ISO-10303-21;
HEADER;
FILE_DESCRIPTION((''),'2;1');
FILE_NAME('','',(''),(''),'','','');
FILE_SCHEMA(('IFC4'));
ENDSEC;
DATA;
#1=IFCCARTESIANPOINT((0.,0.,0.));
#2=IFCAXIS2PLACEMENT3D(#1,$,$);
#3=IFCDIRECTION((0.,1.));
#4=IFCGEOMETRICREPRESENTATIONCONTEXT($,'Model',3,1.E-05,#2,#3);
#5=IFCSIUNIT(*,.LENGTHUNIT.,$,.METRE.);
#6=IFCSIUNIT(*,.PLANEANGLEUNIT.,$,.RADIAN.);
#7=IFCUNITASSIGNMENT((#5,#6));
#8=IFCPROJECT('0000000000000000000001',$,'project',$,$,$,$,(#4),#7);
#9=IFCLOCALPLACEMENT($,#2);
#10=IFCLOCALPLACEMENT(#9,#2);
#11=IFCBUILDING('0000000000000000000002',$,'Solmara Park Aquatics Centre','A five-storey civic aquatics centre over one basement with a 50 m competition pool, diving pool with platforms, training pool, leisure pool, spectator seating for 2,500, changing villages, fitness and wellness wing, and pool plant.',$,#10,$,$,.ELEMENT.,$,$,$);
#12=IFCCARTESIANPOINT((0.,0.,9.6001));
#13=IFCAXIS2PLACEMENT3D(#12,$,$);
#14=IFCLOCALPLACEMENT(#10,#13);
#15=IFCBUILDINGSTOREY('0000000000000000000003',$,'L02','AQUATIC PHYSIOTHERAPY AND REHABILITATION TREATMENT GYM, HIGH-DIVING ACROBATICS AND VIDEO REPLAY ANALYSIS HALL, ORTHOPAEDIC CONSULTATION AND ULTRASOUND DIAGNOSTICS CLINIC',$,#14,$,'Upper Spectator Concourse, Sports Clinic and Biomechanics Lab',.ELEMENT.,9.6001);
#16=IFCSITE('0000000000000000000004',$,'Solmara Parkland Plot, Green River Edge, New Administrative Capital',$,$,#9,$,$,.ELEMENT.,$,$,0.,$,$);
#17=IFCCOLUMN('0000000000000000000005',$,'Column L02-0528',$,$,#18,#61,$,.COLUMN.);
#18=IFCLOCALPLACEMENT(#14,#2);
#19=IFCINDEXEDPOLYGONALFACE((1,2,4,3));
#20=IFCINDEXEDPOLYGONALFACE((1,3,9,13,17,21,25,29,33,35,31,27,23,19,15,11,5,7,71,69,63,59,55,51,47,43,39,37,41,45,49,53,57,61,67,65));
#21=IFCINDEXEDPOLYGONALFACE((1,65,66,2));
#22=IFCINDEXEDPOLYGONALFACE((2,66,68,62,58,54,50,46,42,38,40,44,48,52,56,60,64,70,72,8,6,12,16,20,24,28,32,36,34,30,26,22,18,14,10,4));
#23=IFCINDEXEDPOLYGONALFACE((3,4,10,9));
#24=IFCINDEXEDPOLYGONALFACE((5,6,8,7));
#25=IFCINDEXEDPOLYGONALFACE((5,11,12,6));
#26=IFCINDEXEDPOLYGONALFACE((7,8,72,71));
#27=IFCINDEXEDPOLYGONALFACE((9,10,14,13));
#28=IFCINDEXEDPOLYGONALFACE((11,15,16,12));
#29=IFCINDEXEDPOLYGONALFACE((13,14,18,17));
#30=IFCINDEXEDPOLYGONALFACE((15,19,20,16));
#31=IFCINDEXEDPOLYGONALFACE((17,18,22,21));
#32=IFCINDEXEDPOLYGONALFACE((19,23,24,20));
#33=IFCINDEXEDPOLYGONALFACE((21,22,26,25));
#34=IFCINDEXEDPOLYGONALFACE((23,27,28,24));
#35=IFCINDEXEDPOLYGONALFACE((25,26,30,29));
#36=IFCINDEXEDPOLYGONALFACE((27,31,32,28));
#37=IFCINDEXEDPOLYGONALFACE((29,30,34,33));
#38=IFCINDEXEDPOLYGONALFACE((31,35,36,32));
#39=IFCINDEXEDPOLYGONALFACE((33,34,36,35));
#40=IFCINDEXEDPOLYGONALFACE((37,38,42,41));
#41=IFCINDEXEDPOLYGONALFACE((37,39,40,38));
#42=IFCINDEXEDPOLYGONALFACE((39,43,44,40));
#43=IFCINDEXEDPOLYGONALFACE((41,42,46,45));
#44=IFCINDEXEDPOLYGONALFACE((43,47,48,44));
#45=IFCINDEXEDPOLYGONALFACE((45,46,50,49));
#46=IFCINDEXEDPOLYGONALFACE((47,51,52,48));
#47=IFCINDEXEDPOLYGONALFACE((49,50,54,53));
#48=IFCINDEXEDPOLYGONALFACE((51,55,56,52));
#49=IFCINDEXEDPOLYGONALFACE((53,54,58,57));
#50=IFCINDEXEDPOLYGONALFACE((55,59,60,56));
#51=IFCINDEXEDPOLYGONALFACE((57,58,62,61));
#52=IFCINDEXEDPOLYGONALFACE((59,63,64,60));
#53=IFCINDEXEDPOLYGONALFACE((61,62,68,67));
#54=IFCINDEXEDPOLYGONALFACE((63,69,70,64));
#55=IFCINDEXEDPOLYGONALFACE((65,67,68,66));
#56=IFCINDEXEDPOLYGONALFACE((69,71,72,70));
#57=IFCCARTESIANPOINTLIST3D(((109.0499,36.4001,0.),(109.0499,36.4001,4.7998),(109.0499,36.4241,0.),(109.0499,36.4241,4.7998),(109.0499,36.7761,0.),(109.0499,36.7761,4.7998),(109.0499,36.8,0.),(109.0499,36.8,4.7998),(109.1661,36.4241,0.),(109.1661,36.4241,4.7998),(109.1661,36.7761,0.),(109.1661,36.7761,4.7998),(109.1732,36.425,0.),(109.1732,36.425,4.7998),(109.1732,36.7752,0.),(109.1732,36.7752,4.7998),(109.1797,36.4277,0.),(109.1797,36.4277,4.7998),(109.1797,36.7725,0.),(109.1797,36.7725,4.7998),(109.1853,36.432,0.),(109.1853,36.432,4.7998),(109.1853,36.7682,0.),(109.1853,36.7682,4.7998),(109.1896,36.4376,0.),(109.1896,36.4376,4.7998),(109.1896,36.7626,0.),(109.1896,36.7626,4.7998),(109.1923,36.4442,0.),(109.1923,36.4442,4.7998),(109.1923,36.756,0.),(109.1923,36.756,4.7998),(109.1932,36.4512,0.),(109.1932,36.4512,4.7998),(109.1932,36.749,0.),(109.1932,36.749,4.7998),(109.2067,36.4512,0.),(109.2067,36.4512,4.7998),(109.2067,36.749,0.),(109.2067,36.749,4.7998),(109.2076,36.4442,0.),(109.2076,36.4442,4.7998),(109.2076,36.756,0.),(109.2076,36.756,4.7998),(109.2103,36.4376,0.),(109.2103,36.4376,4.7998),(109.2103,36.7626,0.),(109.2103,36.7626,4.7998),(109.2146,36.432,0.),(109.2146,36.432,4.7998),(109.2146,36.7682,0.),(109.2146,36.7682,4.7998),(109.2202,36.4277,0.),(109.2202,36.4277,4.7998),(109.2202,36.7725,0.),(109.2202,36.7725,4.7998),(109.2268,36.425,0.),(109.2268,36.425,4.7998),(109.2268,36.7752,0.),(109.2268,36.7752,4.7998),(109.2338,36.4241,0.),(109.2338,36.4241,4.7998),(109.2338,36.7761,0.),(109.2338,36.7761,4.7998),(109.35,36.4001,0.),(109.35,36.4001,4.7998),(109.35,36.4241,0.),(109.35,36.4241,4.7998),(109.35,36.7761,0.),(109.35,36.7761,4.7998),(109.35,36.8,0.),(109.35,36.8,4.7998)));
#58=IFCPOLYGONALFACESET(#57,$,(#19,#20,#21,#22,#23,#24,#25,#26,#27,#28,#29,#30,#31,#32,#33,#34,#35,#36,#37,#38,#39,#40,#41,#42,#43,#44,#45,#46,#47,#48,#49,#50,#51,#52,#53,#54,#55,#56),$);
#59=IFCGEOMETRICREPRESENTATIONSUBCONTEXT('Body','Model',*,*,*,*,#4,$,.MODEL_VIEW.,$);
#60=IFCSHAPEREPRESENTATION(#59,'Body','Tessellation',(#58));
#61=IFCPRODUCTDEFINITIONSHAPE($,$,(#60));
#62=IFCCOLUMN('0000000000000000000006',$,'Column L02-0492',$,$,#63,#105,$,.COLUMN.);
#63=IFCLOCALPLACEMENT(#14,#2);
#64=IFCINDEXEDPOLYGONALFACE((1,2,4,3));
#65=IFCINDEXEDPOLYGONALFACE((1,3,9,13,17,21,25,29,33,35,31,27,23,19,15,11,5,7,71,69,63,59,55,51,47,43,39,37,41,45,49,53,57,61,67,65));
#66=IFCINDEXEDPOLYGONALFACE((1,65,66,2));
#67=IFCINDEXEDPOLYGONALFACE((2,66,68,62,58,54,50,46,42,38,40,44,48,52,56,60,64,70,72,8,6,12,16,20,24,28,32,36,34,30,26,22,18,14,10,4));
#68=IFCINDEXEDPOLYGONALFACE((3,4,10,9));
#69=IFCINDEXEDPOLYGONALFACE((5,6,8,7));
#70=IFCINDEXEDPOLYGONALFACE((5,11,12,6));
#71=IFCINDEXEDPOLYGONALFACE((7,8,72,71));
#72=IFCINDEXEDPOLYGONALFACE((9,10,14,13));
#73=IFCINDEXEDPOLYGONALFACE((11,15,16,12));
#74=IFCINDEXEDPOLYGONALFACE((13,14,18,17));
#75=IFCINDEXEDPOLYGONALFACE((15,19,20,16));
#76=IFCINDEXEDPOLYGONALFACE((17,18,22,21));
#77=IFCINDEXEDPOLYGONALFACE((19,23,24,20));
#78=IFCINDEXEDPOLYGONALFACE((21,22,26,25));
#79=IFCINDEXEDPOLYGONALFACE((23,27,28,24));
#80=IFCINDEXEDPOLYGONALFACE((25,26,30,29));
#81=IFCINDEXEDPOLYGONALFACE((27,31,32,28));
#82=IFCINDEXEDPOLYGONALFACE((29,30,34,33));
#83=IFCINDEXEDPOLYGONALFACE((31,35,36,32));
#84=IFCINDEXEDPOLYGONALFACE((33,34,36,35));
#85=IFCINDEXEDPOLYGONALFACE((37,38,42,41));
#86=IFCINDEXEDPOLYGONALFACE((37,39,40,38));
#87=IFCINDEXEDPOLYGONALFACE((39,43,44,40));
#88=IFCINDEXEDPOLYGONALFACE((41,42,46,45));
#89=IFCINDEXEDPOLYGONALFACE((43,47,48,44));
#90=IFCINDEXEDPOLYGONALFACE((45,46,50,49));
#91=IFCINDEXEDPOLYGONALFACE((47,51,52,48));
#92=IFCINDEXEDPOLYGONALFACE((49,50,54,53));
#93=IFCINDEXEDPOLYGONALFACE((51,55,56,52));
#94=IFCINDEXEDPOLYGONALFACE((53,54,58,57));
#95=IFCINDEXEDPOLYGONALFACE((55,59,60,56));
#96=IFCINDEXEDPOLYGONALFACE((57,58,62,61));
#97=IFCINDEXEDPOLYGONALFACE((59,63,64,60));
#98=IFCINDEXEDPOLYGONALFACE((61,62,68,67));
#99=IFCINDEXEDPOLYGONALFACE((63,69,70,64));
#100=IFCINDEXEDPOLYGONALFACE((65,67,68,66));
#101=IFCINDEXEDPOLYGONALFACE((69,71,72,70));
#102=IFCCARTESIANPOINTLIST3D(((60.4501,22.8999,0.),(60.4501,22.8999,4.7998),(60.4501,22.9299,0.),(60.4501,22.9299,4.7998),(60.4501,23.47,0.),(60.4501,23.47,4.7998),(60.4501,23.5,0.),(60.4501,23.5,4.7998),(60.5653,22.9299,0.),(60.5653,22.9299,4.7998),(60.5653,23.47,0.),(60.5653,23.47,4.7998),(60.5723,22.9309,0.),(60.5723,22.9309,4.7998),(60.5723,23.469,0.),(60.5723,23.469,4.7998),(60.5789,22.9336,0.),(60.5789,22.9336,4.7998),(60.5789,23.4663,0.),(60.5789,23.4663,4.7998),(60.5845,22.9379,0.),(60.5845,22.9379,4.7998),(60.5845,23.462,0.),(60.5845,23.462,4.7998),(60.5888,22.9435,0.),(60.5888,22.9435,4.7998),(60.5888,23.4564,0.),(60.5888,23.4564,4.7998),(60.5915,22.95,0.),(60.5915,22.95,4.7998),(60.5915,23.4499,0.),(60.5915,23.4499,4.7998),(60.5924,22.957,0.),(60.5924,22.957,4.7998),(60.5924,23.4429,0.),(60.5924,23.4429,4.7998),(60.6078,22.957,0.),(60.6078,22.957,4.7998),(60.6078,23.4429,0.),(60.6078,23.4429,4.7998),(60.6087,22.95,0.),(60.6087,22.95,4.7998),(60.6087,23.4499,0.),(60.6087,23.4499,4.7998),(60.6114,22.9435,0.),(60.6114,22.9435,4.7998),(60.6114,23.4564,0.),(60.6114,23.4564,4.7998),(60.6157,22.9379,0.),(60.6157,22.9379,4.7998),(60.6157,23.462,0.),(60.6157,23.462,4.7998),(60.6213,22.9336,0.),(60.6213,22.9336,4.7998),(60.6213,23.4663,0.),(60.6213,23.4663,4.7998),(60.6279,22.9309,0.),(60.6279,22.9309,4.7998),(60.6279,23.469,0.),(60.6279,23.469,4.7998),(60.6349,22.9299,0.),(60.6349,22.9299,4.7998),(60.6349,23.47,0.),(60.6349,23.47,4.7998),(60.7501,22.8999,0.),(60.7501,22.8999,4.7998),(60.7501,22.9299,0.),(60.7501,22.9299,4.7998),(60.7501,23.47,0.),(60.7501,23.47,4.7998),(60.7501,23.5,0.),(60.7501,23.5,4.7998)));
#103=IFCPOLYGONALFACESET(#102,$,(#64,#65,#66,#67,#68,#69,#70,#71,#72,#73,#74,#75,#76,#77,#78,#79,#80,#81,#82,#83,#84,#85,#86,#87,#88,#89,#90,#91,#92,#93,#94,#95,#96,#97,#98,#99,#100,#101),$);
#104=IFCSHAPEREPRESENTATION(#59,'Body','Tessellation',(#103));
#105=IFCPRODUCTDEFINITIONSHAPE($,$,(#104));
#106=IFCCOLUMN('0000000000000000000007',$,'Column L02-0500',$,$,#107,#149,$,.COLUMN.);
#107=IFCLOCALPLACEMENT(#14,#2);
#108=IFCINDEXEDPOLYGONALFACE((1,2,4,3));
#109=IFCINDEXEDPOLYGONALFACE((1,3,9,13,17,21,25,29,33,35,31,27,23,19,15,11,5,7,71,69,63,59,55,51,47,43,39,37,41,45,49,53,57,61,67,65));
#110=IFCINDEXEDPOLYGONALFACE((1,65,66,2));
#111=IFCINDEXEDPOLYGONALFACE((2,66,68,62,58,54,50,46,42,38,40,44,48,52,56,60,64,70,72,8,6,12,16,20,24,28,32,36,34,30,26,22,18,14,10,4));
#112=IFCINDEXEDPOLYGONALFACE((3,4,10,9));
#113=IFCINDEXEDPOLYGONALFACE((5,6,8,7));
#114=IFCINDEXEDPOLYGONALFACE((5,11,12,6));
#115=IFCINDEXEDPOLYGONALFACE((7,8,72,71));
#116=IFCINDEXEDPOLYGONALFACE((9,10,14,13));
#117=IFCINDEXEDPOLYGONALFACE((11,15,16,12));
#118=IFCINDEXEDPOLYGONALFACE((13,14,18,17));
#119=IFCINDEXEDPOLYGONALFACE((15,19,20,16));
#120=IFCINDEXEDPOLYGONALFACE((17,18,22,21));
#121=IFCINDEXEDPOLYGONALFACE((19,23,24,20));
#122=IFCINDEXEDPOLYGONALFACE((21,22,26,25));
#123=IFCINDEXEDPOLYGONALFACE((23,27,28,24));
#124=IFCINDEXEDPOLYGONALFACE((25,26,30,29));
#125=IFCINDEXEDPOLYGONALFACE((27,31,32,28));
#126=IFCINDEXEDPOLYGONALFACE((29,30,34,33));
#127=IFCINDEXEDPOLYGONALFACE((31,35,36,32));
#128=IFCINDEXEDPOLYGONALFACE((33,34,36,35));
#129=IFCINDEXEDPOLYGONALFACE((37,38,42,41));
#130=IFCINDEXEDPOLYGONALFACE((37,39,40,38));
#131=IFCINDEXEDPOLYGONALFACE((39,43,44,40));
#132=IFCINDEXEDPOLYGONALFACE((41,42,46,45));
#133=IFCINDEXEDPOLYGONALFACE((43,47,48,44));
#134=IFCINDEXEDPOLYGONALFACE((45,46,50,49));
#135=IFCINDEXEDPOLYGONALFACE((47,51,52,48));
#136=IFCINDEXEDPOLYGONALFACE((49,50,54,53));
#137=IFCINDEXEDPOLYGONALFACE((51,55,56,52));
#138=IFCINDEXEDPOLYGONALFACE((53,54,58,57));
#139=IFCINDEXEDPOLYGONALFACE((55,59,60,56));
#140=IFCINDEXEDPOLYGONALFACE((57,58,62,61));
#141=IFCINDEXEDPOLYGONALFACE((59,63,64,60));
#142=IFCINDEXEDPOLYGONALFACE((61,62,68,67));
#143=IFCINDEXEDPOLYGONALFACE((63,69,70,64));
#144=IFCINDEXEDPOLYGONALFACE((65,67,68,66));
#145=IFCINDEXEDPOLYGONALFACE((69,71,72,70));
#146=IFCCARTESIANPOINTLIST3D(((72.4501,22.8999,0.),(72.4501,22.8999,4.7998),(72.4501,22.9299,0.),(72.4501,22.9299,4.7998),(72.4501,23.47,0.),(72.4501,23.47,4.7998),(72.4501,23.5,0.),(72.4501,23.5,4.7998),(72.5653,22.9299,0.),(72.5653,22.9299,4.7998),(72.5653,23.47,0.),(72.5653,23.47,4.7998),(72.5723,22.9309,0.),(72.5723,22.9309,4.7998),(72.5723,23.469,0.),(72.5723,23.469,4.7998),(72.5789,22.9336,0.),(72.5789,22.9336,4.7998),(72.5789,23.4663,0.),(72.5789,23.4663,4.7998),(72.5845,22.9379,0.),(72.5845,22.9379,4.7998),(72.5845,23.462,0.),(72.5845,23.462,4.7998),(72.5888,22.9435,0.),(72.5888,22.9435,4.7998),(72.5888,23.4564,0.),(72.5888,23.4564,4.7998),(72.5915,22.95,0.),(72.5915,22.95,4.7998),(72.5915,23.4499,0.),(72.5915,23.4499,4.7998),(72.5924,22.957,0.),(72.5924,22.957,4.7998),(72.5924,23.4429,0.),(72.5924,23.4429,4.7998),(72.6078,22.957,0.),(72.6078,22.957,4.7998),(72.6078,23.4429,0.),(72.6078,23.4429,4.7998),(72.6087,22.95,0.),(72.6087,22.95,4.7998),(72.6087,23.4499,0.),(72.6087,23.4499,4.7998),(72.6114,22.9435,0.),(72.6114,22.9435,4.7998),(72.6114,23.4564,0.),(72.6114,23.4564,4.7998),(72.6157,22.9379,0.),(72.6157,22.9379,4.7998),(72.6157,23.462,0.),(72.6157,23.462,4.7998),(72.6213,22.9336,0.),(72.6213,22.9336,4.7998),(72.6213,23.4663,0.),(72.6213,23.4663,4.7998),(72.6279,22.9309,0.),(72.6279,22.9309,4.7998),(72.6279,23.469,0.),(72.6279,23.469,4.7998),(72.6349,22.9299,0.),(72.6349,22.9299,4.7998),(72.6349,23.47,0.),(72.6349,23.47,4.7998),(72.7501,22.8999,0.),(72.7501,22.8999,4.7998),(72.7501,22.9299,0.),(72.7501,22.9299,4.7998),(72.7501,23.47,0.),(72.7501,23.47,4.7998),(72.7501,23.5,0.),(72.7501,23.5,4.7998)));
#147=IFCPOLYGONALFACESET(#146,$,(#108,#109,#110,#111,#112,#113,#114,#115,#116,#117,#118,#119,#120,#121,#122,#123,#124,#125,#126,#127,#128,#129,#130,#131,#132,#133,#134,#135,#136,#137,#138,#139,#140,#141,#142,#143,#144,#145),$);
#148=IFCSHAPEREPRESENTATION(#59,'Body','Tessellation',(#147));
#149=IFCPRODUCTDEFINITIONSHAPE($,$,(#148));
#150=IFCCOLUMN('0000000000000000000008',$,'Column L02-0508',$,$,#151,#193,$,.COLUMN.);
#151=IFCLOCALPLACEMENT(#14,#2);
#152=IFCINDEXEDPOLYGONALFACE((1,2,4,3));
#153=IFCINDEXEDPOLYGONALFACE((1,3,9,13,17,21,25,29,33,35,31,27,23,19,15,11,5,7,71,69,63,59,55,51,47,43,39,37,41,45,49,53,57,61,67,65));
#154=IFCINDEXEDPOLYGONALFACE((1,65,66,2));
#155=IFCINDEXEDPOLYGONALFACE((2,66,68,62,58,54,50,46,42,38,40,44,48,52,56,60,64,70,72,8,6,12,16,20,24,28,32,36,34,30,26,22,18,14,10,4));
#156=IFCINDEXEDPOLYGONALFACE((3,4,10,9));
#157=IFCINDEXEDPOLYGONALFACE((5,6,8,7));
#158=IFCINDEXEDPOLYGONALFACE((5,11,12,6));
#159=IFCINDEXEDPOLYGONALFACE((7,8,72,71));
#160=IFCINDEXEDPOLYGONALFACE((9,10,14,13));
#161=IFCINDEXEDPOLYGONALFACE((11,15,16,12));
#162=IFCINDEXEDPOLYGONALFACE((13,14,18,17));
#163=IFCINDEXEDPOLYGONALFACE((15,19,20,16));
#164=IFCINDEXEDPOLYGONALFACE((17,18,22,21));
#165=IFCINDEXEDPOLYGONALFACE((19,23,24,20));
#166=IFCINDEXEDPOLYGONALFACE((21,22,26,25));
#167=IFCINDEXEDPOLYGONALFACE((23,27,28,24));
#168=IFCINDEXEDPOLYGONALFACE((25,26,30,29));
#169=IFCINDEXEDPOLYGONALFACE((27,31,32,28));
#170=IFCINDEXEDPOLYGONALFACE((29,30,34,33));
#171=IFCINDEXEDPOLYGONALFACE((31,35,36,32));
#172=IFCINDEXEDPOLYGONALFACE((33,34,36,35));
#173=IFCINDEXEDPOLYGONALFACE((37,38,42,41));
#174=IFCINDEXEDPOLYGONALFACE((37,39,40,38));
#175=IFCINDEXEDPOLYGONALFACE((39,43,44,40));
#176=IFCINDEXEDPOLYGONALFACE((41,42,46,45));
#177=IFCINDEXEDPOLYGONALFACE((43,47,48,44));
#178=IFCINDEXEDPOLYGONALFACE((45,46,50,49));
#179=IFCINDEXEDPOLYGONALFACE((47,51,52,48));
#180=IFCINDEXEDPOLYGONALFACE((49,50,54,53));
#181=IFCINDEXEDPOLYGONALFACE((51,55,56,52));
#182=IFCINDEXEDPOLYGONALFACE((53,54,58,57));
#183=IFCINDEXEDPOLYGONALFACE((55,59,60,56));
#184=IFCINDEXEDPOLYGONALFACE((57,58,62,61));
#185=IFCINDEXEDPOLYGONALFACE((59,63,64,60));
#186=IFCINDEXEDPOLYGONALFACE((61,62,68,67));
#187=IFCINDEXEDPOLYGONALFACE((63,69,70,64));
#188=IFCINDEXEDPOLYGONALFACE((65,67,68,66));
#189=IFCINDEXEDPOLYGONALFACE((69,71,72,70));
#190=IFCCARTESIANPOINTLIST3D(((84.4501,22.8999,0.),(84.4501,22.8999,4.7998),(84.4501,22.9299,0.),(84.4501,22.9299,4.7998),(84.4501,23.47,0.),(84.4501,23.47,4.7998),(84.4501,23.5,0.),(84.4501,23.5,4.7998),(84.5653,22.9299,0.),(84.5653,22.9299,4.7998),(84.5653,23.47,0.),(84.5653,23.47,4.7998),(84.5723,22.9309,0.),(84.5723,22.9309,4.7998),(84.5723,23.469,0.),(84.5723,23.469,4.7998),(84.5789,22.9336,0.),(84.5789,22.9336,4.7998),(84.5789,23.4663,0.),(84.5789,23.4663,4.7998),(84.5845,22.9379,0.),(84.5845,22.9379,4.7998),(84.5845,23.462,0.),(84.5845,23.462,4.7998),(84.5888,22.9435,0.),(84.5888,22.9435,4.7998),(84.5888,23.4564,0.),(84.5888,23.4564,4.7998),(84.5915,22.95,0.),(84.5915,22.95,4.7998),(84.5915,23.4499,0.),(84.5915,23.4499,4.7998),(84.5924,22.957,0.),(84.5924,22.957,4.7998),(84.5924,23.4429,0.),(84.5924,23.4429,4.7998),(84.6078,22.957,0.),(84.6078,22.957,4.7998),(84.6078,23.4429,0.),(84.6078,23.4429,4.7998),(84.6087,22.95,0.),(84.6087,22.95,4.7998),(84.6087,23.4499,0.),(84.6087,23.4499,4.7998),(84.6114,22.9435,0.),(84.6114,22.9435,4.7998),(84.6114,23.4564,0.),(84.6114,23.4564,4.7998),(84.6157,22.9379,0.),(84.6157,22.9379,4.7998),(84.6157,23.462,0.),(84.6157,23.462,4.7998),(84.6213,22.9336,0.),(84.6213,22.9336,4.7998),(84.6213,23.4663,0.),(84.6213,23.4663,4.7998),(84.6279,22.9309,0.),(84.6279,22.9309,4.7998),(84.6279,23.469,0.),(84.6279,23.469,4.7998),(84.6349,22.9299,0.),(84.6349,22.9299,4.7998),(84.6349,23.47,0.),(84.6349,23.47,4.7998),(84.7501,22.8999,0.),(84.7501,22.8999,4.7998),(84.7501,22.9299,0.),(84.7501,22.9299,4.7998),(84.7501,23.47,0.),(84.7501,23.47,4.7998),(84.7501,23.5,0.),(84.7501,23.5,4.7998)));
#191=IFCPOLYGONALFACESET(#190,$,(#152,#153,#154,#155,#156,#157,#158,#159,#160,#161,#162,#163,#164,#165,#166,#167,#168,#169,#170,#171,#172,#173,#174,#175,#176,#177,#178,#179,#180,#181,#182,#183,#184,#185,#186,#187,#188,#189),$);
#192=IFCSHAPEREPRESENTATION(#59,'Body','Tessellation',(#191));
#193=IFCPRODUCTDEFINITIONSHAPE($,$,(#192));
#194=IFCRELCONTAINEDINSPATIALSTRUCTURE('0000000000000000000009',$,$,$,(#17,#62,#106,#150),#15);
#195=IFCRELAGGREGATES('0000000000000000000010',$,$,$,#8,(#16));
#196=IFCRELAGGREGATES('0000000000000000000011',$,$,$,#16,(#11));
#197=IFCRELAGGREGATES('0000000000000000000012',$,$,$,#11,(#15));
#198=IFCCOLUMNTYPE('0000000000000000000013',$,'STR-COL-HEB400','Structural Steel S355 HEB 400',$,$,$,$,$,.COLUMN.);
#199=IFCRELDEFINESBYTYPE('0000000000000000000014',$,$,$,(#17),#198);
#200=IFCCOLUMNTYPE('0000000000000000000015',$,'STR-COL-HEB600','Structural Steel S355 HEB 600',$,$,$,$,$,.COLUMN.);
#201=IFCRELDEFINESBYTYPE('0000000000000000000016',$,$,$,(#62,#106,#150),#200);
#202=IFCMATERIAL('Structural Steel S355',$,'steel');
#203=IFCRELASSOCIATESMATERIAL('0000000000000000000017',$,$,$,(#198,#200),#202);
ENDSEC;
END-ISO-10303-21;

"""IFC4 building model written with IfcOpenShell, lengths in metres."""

from ifc_helpers import new_model, si_unit, direction, frame, origin, origin_2d, place, context, subcontext, project, spatial, i_section, extrude, material, material_profile, profile_set, type_object, element, save


model = new_model("IFC4")

# Units and contexts
model_context = context("Model", 3, precision=1e-05, world=origin(), true_north=direction((0.0, 1.0)))
body_context = subcontext(model_context, "Body", "Model", "MODEL_VIEW")
ifc_project = project(units=[si_unit("LENGTHUNIT", "METRE"), si_unit("PLANEANGLEUNIT", "RADIAN")], contexts=[model_context])

# Site, building, storey
site_placement = place(None, origin())
site = spatial("IfcSite", under=ifc_project, at=site_placement, Name="Solmara Parkland Plot, Green River Edge, New Administrative Capital", CompositionType="ELEMENT", RefElevation=0.0)
building_placement = place(site_placement, origin())
building = spatial("IfcBuilding", under=site, at=building_placement, Name="Solmara Park Aquatics Centre", Description="A five-storey civic aquatics centre over one basement with a 50 m competition pool, diving pool with platforms, training pool, leisure pool, spectator seating for 2,500, changing villages, fitness and wellness wing, and pool plant.", CompositionType="ELEMENT")
storey_placement = place(building_placement, frame((0.0, 0.0, 9.6001)))
storey = spatial("IfcBuildingStorey", under=building, at=storey_placement, Name="L02", Description="AQUATIC PHYSIOTHERAPY AND REHABILITATION TREATMENT GYM, HIGH-DIVING ACROBATICS AND VIDEO REPLAY ANALYSIS HALL, ORTHOPAEDIC CONSULTATION AND ULTRASOUND DIAGNOSTICS CLINIC", LongName="Upper Spectator Concourse, Sports Clinic and Biomechanics Lab", CompositionType="ELEMENT", Elevation=9.6001)

# Columns
ifc_material_1 = material(Name="Structural Steel S355", Category="steel")
ifc_material_profile_1 = material_profile(ifc_material_1, i_section(OverallWidth=0.3, OverallDepth=0.3999, WebThickness=0.0134, FlangeThickness=0.0239, FilletRadius=0.0271, at=origin_2d()), Name="HEB 400")
ifc_profile_set_1 = profile_set([ifc_material_profile_1], Name="Structural Steel S355")
column_type_1 = type_object("IfcColumnType", Name="STR-COL-HEB400", Description="Structural Steel S355 HEB 400", PredefinedType="COLUMN", material=ifc_profile_set_1)
column_1_placement = place(storey_placement, frame((109.2, 36.6001, 0.0), z_axis=(0.0, 0.0, 1.0), x_axis=(1.0, 0.0, 0.0)))
element("IfcColumn", 1, at=column_1_placement, inside=storey, type_object=column_type_1, Name="Column L02-0528", PredefinedType="COLUMN", context=body_context, shape_type="SweptSolid", body=[
    extrude(i_section(OverallWidth=0.3, OverallDepth=0.3999, WebThickness=0.0134, FlangeThickness=0.0239, FilletRadius=0.0271, at=origin_2d()), origin(), (0.0, 0.0, 1.0), 4.7998),
])
ifc_material_profile_2 = material_profile(ifc_material_1, i_section(OverallWidth=0.3, OverallDepth=0.6001, WebThickness=0.0154, FlangeThickness=0.03, FilletRadius=0.0271, at=origin_2d()), Name="HEB 600")
ifc_profile_set_2 = profile_set([ifc_material_profile_2], Name="Structural Steel S355")
column_type_2 = type_object("IfcColumnType", Name="STR-COL-HEB600", Description="Structural Steel S355 HEB 600", PredefinedType="COLUMN", material=ifc_profile_set_2)
for number, where, z_axis, x_axis, name in (
    (2, (60.6001, 23.2, 0.0), (0.0, 0.0, 1.0), (1.0, 0.0, 0.0), "Column L02-0492"),
    (3, (72.6001, 23.2, 0.0), (0.0, 0.0, 1.0), (1.0, 0.0, 0.0), "Column L02-0500"),
    (4, (84.6001, 23.2, 0.0), (0.0, 0.0, 1.0), (1.0, 0.0, 0.0), "Column L02-0508"),
):
    element("IfcColumn", number, at=place(storey_placement, frame(where, z_axis=z_axis, x_axis=x_axis)), inside=storey, type_object=column_type_2, Name=name, PredefinedType="COLUMN", context=body_context, shape_type="SweptSolid", body=[
        extrude(i_section(OverallWidth=0.3, OverallDepth=0.6001, WebThickness=0.0154, FlangeThickness=0.03, FilletRadius=0.0271, at=origin_2d()), origin(), (0.0, 0.0, 1.0), 4.7998),
    ])

save(model, "model.ifc")
